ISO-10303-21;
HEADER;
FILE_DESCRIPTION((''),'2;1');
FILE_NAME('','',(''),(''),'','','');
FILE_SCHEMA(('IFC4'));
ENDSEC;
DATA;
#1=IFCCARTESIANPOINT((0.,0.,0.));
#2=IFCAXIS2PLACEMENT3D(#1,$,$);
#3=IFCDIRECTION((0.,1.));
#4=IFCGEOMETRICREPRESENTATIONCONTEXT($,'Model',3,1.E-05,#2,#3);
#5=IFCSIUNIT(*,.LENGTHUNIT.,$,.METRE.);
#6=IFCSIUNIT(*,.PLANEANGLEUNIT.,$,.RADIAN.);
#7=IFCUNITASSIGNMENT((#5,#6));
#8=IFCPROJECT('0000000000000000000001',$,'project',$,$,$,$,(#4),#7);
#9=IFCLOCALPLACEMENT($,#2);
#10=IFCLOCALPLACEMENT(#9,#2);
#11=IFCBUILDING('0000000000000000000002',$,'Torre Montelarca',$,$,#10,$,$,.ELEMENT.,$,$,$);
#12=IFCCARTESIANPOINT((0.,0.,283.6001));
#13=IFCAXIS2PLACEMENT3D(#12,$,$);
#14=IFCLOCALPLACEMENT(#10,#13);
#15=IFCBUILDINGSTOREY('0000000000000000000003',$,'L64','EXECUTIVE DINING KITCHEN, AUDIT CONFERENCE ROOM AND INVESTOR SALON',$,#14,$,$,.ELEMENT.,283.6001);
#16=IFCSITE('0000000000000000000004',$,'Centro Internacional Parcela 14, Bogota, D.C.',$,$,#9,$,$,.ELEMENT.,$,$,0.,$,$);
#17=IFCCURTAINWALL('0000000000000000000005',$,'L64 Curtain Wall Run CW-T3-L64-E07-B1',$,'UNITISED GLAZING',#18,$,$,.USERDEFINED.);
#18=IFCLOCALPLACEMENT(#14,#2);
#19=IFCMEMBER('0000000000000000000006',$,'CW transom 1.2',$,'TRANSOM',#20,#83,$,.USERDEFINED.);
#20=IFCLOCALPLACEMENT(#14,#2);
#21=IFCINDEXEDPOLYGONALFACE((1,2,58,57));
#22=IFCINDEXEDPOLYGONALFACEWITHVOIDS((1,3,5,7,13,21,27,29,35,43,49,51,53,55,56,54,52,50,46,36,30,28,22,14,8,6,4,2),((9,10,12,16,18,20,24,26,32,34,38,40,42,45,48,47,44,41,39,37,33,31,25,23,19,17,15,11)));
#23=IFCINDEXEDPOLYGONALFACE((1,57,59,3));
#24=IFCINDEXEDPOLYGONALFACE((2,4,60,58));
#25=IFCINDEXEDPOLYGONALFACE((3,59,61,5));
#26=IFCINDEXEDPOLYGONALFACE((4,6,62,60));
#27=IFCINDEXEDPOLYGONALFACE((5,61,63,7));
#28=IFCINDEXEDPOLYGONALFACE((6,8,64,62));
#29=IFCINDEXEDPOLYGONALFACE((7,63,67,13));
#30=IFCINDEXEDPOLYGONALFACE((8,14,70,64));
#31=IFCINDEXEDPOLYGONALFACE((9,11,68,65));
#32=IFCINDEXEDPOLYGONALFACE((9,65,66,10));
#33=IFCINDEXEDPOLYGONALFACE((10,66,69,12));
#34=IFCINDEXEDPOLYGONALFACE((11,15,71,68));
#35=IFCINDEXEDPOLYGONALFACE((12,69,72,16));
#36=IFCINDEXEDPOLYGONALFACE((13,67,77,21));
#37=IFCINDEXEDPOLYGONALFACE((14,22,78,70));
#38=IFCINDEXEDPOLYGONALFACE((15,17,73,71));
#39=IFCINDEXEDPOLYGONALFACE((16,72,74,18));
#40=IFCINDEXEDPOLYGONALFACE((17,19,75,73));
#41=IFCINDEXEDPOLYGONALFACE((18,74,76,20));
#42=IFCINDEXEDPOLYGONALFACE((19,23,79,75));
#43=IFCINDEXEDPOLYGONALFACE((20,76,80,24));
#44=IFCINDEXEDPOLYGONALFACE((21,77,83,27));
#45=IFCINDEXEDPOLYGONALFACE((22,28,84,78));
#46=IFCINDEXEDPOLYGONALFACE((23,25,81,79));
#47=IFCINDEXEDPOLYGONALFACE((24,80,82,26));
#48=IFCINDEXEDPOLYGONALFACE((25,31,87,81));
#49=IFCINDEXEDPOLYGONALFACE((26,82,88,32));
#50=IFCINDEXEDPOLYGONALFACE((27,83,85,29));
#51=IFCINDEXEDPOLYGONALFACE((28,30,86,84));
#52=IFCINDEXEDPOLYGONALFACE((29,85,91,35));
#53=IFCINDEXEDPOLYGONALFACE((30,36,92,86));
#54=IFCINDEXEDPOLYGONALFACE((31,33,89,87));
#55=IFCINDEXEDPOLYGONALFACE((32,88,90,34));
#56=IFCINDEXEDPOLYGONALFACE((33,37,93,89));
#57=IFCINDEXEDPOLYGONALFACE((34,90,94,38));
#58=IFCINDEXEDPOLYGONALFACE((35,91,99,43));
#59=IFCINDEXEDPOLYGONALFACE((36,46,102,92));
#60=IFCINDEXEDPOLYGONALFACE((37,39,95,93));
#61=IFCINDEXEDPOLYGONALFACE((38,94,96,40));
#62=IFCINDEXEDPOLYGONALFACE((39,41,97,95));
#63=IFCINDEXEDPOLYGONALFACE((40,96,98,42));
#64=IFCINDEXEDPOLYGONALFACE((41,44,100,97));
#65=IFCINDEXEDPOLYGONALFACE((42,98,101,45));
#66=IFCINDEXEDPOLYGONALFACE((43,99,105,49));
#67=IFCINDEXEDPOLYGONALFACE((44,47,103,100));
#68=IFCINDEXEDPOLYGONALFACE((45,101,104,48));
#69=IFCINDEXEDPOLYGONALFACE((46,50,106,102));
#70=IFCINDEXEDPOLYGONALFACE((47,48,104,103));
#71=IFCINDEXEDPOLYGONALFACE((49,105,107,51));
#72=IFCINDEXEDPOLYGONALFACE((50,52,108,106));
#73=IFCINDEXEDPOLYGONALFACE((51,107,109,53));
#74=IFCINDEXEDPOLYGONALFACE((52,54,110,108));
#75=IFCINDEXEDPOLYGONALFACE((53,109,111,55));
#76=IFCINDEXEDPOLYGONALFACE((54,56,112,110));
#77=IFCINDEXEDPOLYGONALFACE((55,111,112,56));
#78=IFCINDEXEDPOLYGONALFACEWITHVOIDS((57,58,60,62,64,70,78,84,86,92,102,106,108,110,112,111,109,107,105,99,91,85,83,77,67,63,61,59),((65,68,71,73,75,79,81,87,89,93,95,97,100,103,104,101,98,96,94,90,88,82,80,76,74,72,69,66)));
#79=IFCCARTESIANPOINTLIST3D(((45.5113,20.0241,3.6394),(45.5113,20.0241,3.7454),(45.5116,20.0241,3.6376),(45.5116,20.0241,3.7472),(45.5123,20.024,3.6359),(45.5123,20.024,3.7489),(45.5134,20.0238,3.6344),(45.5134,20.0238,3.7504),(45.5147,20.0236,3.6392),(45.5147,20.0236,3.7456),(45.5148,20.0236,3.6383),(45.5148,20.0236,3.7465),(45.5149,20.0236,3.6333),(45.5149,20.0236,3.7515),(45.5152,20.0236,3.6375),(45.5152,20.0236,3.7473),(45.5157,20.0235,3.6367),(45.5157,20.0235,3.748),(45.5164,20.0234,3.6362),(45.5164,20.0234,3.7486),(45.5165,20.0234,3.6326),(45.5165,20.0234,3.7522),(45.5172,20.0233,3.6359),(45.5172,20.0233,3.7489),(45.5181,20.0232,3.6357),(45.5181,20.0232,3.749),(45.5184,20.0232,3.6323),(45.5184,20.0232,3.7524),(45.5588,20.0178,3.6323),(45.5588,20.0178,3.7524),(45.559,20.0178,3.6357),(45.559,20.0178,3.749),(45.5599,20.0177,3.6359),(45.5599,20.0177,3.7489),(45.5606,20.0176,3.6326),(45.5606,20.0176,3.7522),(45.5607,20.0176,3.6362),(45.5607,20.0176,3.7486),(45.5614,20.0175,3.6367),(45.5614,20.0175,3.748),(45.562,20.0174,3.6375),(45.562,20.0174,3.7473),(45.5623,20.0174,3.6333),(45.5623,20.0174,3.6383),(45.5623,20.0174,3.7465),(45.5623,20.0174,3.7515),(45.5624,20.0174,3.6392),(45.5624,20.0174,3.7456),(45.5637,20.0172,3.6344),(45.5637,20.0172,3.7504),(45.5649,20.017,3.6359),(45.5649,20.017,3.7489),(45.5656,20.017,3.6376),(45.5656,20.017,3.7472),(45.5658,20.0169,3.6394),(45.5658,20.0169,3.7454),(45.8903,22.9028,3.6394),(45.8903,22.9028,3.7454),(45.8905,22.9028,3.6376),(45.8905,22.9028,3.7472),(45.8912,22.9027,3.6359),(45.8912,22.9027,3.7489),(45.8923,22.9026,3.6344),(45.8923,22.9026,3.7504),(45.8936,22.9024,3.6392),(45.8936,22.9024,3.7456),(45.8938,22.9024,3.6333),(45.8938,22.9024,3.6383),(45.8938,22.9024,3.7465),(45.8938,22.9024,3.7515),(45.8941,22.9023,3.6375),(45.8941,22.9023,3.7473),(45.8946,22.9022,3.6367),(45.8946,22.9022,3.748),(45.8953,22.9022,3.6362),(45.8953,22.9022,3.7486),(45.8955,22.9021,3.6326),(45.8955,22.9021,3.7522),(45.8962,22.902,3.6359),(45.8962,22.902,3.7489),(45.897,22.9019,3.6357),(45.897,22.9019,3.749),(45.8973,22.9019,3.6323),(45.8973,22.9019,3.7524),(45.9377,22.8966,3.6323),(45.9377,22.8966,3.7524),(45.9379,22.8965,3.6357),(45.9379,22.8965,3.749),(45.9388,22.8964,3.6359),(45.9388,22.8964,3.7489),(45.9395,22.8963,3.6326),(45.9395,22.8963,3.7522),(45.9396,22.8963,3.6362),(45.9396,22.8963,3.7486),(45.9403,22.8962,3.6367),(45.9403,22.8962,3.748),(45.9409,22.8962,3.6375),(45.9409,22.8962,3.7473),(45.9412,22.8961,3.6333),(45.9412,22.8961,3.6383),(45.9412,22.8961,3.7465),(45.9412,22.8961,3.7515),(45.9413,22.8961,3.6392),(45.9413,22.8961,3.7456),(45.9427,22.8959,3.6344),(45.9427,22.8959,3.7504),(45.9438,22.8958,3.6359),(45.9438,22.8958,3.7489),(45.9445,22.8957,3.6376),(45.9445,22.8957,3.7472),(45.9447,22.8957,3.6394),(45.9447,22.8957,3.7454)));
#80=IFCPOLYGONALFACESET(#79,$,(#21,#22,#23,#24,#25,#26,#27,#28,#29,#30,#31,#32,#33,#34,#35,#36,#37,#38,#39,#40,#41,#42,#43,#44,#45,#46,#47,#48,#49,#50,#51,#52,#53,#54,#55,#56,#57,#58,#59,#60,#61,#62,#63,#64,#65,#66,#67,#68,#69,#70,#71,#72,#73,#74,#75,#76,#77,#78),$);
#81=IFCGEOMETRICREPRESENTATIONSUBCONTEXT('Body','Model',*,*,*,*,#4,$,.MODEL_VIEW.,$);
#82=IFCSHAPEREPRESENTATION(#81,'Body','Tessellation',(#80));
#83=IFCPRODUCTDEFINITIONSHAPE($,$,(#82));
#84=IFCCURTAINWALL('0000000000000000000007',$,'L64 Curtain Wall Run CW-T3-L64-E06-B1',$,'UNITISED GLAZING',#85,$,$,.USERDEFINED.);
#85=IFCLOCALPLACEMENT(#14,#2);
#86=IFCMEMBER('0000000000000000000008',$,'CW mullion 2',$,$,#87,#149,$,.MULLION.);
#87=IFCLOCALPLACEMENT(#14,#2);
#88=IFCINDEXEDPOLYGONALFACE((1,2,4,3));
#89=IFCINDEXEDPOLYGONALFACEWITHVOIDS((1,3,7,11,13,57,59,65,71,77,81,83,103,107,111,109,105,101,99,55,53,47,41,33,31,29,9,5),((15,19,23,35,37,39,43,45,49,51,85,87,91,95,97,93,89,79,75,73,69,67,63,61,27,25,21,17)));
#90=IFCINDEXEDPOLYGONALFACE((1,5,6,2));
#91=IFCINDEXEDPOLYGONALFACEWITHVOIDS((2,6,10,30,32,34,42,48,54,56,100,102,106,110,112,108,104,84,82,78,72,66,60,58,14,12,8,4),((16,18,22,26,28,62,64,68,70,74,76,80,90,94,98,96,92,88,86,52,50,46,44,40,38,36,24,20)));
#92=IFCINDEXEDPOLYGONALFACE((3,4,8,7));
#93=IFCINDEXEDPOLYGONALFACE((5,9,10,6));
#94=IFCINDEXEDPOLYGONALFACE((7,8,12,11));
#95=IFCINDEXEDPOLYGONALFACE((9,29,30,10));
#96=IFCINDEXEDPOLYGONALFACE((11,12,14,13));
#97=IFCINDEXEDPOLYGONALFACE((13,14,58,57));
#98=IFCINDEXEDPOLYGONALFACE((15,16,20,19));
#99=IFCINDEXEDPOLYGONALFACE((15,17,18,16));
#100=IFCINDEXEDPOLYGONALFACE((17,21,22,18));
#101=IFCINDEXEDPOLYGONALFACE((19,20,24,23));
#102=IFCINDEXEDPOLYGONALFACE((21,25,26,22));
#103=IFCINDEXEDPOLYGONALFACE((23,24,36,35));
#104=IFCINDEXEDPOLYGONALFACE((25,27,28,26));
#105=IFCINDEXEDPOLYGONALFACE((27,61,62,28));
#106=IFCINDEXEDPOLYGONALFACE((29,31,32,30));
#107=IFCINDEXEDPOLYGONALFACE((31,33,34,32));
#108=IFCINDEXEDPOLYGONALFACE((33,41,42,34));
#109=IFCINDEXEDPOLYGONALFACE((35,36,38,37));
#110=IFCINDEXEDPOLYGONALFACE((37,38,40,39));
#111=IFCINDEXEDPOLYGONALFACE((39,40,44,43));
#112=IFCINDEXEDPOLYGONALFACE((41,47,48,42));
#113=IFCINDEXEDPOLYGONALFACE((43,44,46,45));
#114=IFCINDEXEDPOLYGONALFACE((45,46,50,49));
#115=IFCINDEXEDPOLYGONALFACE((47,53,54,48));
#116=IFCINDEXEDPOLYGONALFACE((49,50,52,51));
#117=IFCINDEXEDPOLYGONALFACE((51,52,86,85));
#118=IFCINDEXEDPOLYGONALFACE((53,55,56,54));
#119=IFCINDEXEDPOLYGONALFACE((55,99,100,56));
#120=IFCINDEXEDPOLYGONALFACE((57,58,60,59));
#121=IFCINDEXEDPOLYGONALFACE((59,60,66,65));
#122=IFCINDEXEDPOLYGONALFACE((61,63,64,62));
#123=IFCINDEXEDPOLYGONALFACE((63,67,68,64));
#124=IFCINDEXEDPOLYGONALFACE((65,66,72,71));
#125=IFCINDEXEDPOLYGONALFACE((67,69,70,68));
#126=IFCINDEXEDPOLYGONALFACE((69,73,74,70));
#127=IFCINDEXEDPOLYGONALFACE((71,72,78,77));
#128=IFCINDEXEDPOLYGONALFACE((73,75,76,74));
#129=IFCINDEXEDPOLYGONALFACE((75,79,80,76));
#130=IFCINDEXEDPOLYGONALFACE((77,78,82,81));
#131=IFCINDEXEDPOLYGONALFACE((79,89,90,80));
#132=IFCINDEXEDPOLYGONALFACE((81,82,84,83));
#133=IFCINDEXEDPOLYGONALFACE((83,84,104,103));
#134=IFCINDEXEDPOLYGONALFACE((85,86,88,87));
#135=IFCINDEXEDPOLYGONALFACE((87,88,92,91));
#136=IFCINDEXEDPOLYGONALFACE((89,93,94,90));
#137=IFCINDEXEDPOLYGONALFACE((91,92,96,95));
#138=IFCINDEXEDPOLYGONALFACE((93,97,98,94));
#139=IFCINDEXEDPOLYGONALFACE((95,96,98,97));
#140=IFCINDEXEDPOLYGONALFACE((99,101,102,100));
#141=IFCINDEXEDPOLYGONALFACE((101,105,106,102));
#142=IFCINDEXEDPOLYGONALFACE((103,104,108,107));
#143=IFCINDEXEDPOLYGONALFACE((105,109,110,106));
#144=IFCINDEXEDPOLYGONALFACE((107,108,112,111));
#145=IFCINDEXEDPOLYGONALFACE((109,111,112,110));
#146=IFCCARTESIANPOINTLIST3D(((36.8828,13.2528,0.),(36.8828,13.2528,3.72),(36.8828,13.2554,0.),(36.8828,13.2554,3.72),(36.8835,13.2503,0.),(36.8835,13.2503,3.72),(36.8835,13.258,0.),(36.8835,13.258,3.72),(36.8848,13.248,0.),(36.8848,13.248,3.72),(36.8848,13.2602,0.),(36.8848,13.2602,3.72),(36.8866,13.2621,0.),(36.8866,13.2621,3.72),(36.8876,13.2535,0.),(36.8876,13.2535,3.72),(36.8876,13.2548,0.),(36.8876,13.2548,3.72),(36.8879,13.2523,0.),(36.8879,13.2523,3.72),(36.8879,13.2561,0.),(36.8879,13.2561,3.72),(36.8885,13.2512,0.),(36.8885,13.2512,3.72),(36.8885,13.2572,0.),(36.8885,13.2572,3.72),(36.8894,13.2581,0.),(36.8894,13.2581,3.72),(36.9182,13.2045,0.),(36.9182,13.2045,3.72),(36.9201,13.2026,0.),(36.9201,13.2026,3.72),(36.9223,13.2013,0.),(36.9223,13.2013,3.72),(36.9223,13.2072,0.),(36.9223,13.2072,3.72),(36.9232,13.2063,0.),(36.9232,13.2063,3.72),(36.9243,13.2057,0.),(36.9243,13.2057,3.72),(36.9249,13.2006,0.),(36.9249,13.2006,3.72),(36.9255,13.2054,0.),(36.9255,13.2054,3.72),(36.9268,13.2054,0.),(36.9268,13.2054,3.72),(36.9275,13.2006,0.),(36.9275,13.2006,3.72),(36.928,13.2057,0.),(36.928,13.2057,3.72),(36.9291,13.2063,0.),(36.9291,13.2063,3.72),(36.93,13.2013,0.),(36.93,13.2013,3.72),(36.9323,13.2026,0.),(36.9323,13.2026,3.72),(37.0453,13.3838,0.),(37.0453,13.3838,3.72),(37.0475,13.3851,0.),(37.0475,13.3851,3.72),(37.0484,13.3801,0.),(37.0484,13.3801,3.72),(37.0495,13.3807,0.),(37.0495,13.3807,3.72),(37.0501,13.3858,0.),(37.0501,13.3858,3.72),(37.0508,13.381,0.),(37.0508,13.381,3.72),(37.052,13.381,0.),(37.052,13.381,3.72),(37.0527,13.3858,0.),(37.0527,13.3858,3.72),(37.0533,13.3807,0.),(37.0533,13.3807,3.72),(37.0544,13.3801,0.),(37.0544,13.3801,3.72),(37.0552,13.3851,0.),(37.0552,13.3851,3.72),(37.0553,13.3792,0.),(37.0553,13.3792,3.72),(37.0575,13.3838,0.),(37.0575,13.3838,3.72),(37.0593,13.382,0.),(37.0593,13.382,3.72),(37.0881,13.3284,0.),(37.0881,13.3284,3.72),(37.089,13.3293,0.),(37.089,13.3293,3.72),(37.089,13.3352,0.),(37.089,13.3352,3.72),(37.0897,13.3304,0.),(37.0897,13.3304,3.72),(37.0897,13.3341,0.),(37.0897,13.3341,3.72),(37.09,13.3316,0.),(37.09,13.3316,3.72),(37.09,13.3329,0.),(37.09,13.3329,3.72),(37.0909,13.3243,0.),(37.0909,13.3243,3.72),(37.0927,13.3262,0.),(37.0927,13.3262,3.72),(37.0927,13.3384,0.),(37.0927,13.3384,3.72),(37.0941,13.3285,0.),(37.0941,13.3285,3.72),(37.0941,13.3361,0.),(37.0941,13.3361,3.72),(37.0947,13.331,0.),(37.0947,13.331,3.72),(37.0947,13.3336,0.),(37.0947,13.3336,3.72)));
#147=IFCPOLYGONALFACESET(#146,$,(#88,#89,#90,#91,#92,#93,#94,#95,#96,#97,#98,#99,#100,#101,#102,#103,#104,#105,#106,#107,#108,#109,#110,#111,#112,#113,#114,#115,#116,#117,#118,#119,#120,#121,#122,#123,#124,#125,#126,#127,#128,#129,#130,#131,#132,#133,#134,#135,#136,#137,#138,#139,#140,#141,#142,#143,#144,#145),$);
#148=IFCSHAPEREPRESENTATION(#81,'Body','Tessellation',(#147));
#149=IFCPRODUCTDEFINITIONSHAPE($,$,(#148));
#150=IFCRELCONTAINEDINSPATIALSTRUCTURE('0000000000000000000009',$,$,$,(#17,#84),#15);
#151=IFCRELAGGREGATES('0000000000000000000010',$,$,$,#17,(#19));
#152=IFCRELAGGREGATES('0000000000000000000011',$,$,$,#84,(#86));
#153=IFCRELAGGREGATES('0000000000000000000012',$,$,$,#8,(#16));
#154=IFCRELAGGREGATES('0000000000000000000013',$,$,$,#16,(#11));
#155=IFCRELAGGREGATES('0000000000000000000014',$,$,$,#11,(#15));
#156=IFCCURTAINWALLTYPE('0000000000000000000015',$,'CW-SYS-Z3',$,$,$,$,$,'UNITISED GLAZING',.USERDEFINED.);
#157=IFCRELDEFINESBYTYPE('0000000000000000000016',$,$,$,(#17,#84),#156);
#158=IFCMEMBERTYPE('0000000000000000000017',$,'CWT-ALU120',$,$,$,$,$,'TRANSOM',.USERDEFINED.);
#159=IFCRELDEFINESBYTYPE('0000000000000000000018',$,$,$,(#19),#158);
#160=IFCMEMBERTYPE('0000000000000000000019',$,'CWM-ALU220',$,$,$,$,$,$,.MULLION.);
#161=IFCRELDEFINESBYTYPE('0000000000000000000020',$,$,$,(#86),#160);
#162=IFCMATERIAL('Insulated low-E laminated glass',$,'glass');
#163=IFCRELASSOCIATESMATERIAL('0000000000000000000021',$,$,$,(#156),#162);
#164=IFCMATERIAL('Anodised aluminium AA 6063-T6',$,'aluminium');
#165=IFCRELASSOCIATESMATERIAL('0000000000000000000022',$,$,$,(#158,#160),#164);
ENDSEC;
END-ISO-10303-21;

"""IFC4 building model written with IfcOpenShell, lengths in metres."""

from ifc_helpers import new_model, si_unit, direction, frame, origin, origin_2d, place, context, subcontext, project, spatial, hollow_rectangle, extrude, source, transform, mapped, material, material_profile, profile_set, type_object, element, aggregate, save


model = new_model("IFC4")

# Units and contexts
model_context = context("Model", 3, precision=1e-05, world=origin(), true_north=direction((0.0, 1.0)))
body_context = subcontext(model_context, "Body", "Model", "MODEL_VIEW")
ifc_project = project(units=[si_unit("LENGTHUNIT", "METRE"), si_unit("PLANEANGLEUNIT", "RADIAN")], contexts=[model_context])

# Site, building, storey
site_placement = place(None, origin())
site = spatial("IfcSite", under=ifc_project, at=site_placement, Name="Centro Internacional Parcela 14, Bogota, D.C.", CompositionType="ELEMENT", RefElevation=0.0)
building_placement = place(site_placement, origin())
building = spatial("IfcBuilding", under=site, at=building_placement, Name="Torre Montelarca", CompositionType="ELEMENT")
storey_placement = place(building_placement, frame((0.0, 0.0, 283.6001)))
storey = spatial("IfcBuildingStorey", under=building, at=storey_placement, Name="L64", Description="EXECUTIVE DINING KITCHEN, AUDIT CONFERENCE ROOM AND INVESTOR SALON", CompositionType="ELEMENT", Elevation=283.6001)

# Curtain walls, members
ifc_material_1 = material(Name="Insulated low-E laminated glass", Category="glass")
curtain_wall_type = type_object("IfcCurtainWallType", Name="CW-SYS-Z3", ElementType="UNITISED GLAZING", PredefinedType="USERDEFINED", material=ifc_material_1)
curtain_wall_1_placement = place(storey_placement, origin())
curtain_wall_1 = element("IfcCurtainWall", 1, at=curtain_wall_1_placement, inside=storey, type_object=curtain_wall_type, Name="L64 Curtain Wall Run CW-T3-L64-E07-B1", ObjectType="UNITISED GLAZING", PredefinedType="USERDEFINED")
ifc_material_2 = material(Name="Anodised aluminium AA 6063-T6", Category="aluminium")
ifc_material_profile_1 = material_profile(ifc_material_2, hollow_rectangle(XDim=0.0549, YDim=0.1201, WallThickness=0.0034, InnerFilletRadius=0.0034, OuterFilletRadius=0.0071, at=origin_2d()), Name="ALU55X120X3.5", Category="aluminium")
ifc_profile_set_1 = profile_set([ifc_material_profile_1], Name="Anodised aluminium AA 6063-T6")
member_type_1 = type_object("IfcMemberType", Name="CWT-ALU120", ElementType="TRANSOM", PredefinedType="USERDEFINED", material=ifc_profile_set_1)
shared_shape_1 = source(origin(), body_context, "Body", "SweptSolid", [
    extrude(hollow_rectangle(XDim=0.0549, YDim=0.1201, WallThickness=0.0034, InnerFilletRadius=0.0034, OuterFilletRadius=0.0071, at=origin_2d()), origin(), (0.0, 0.0, 1.0), 2.9036),
])
member_1_placement = place(storey_placement, frame((45.5386, 20.0205, 3.6924), z_axis=(0.1305, 0.991448, 0.0), x_axis=(-0.991448, 0.1305, 0.0)))
member_1 = element("IfcMember", 2, at=member_1_placement, type_object=member_type_1, Name="CW transom 1.2", ObjectType="TRANSOM", PredefinedType="USERDEFINED", context=body_context, shape_type="MappedRepresentation", body=[
    mapped(shared_shape_1, transform((0.0, 0.0, 0.0), scale=1.0)),
])
curtain_wall_2_placement = place(storey_placement, origin())
curtain_wall_2 = element("IfcCurtainWall", 3, at=curtain_wall_2_placement, inside=storey, type_object=curtain_wall_type, Name="L64 Curtain Wall Run CW-T3-L64-E06-B1", ObjectType="UNITISED GLAZING", PredefinedType="USERDEFINED")
ifc_material_profile_2 = material_profile(ifc_material_2, hollow_rectangle(XDim=0.075, YDim=0.22, WallThickness=0.0049, InnerFilletRadius=0.0049, OuterFilletRadius=0.01, at=origin_2d()), Name="ALU75X220X5", Category="aluminium")
ifc_profile_set_2 = profile_set([ifc_material_profile_2], Name="Anodised aluminium AA 6063-T6")
member_type_2 = type_object("IfcMemberType", Name="CWM-ALU220", PredefinedType="MULLION", material=ifc_profile_set_2)
shared_shape_2 = source(origin(), body_context, "Body", "SweptSolid", [
    extrude(hollow_rectangle(XDim=0.075, YDim=0.22, WallThickness=0.0049, InnerFilletRadius=0.0049, OuterFilletRadius=0.01, at=origin_2d()), origin(), (0.0, 0.0, 1.0), 3.72),
])
member_2_placement = place(storey_placement, frame((36.9888, 13.2932, 0.0), z_axis=(0.0, 0.0, 1.0), x_axis=(-0.608763, 0.793352, 0.0)))
member_2 = element("IfcMember", 4, at=member_2_placement, type_object=member_type_2, Name="CW mullion 2", PredefinedType="MULLION", context=body_context, shape_type="MappedRepresentation", body=[
    mapped(shared_shape_2, transform((0.0, 0.0, 0.0), scale=1.0)),
])

aggregate(curtain_wall_1, [member_1])
aggregate(curtain_wall_2, [member_2])

save(model, "model.ifc")
